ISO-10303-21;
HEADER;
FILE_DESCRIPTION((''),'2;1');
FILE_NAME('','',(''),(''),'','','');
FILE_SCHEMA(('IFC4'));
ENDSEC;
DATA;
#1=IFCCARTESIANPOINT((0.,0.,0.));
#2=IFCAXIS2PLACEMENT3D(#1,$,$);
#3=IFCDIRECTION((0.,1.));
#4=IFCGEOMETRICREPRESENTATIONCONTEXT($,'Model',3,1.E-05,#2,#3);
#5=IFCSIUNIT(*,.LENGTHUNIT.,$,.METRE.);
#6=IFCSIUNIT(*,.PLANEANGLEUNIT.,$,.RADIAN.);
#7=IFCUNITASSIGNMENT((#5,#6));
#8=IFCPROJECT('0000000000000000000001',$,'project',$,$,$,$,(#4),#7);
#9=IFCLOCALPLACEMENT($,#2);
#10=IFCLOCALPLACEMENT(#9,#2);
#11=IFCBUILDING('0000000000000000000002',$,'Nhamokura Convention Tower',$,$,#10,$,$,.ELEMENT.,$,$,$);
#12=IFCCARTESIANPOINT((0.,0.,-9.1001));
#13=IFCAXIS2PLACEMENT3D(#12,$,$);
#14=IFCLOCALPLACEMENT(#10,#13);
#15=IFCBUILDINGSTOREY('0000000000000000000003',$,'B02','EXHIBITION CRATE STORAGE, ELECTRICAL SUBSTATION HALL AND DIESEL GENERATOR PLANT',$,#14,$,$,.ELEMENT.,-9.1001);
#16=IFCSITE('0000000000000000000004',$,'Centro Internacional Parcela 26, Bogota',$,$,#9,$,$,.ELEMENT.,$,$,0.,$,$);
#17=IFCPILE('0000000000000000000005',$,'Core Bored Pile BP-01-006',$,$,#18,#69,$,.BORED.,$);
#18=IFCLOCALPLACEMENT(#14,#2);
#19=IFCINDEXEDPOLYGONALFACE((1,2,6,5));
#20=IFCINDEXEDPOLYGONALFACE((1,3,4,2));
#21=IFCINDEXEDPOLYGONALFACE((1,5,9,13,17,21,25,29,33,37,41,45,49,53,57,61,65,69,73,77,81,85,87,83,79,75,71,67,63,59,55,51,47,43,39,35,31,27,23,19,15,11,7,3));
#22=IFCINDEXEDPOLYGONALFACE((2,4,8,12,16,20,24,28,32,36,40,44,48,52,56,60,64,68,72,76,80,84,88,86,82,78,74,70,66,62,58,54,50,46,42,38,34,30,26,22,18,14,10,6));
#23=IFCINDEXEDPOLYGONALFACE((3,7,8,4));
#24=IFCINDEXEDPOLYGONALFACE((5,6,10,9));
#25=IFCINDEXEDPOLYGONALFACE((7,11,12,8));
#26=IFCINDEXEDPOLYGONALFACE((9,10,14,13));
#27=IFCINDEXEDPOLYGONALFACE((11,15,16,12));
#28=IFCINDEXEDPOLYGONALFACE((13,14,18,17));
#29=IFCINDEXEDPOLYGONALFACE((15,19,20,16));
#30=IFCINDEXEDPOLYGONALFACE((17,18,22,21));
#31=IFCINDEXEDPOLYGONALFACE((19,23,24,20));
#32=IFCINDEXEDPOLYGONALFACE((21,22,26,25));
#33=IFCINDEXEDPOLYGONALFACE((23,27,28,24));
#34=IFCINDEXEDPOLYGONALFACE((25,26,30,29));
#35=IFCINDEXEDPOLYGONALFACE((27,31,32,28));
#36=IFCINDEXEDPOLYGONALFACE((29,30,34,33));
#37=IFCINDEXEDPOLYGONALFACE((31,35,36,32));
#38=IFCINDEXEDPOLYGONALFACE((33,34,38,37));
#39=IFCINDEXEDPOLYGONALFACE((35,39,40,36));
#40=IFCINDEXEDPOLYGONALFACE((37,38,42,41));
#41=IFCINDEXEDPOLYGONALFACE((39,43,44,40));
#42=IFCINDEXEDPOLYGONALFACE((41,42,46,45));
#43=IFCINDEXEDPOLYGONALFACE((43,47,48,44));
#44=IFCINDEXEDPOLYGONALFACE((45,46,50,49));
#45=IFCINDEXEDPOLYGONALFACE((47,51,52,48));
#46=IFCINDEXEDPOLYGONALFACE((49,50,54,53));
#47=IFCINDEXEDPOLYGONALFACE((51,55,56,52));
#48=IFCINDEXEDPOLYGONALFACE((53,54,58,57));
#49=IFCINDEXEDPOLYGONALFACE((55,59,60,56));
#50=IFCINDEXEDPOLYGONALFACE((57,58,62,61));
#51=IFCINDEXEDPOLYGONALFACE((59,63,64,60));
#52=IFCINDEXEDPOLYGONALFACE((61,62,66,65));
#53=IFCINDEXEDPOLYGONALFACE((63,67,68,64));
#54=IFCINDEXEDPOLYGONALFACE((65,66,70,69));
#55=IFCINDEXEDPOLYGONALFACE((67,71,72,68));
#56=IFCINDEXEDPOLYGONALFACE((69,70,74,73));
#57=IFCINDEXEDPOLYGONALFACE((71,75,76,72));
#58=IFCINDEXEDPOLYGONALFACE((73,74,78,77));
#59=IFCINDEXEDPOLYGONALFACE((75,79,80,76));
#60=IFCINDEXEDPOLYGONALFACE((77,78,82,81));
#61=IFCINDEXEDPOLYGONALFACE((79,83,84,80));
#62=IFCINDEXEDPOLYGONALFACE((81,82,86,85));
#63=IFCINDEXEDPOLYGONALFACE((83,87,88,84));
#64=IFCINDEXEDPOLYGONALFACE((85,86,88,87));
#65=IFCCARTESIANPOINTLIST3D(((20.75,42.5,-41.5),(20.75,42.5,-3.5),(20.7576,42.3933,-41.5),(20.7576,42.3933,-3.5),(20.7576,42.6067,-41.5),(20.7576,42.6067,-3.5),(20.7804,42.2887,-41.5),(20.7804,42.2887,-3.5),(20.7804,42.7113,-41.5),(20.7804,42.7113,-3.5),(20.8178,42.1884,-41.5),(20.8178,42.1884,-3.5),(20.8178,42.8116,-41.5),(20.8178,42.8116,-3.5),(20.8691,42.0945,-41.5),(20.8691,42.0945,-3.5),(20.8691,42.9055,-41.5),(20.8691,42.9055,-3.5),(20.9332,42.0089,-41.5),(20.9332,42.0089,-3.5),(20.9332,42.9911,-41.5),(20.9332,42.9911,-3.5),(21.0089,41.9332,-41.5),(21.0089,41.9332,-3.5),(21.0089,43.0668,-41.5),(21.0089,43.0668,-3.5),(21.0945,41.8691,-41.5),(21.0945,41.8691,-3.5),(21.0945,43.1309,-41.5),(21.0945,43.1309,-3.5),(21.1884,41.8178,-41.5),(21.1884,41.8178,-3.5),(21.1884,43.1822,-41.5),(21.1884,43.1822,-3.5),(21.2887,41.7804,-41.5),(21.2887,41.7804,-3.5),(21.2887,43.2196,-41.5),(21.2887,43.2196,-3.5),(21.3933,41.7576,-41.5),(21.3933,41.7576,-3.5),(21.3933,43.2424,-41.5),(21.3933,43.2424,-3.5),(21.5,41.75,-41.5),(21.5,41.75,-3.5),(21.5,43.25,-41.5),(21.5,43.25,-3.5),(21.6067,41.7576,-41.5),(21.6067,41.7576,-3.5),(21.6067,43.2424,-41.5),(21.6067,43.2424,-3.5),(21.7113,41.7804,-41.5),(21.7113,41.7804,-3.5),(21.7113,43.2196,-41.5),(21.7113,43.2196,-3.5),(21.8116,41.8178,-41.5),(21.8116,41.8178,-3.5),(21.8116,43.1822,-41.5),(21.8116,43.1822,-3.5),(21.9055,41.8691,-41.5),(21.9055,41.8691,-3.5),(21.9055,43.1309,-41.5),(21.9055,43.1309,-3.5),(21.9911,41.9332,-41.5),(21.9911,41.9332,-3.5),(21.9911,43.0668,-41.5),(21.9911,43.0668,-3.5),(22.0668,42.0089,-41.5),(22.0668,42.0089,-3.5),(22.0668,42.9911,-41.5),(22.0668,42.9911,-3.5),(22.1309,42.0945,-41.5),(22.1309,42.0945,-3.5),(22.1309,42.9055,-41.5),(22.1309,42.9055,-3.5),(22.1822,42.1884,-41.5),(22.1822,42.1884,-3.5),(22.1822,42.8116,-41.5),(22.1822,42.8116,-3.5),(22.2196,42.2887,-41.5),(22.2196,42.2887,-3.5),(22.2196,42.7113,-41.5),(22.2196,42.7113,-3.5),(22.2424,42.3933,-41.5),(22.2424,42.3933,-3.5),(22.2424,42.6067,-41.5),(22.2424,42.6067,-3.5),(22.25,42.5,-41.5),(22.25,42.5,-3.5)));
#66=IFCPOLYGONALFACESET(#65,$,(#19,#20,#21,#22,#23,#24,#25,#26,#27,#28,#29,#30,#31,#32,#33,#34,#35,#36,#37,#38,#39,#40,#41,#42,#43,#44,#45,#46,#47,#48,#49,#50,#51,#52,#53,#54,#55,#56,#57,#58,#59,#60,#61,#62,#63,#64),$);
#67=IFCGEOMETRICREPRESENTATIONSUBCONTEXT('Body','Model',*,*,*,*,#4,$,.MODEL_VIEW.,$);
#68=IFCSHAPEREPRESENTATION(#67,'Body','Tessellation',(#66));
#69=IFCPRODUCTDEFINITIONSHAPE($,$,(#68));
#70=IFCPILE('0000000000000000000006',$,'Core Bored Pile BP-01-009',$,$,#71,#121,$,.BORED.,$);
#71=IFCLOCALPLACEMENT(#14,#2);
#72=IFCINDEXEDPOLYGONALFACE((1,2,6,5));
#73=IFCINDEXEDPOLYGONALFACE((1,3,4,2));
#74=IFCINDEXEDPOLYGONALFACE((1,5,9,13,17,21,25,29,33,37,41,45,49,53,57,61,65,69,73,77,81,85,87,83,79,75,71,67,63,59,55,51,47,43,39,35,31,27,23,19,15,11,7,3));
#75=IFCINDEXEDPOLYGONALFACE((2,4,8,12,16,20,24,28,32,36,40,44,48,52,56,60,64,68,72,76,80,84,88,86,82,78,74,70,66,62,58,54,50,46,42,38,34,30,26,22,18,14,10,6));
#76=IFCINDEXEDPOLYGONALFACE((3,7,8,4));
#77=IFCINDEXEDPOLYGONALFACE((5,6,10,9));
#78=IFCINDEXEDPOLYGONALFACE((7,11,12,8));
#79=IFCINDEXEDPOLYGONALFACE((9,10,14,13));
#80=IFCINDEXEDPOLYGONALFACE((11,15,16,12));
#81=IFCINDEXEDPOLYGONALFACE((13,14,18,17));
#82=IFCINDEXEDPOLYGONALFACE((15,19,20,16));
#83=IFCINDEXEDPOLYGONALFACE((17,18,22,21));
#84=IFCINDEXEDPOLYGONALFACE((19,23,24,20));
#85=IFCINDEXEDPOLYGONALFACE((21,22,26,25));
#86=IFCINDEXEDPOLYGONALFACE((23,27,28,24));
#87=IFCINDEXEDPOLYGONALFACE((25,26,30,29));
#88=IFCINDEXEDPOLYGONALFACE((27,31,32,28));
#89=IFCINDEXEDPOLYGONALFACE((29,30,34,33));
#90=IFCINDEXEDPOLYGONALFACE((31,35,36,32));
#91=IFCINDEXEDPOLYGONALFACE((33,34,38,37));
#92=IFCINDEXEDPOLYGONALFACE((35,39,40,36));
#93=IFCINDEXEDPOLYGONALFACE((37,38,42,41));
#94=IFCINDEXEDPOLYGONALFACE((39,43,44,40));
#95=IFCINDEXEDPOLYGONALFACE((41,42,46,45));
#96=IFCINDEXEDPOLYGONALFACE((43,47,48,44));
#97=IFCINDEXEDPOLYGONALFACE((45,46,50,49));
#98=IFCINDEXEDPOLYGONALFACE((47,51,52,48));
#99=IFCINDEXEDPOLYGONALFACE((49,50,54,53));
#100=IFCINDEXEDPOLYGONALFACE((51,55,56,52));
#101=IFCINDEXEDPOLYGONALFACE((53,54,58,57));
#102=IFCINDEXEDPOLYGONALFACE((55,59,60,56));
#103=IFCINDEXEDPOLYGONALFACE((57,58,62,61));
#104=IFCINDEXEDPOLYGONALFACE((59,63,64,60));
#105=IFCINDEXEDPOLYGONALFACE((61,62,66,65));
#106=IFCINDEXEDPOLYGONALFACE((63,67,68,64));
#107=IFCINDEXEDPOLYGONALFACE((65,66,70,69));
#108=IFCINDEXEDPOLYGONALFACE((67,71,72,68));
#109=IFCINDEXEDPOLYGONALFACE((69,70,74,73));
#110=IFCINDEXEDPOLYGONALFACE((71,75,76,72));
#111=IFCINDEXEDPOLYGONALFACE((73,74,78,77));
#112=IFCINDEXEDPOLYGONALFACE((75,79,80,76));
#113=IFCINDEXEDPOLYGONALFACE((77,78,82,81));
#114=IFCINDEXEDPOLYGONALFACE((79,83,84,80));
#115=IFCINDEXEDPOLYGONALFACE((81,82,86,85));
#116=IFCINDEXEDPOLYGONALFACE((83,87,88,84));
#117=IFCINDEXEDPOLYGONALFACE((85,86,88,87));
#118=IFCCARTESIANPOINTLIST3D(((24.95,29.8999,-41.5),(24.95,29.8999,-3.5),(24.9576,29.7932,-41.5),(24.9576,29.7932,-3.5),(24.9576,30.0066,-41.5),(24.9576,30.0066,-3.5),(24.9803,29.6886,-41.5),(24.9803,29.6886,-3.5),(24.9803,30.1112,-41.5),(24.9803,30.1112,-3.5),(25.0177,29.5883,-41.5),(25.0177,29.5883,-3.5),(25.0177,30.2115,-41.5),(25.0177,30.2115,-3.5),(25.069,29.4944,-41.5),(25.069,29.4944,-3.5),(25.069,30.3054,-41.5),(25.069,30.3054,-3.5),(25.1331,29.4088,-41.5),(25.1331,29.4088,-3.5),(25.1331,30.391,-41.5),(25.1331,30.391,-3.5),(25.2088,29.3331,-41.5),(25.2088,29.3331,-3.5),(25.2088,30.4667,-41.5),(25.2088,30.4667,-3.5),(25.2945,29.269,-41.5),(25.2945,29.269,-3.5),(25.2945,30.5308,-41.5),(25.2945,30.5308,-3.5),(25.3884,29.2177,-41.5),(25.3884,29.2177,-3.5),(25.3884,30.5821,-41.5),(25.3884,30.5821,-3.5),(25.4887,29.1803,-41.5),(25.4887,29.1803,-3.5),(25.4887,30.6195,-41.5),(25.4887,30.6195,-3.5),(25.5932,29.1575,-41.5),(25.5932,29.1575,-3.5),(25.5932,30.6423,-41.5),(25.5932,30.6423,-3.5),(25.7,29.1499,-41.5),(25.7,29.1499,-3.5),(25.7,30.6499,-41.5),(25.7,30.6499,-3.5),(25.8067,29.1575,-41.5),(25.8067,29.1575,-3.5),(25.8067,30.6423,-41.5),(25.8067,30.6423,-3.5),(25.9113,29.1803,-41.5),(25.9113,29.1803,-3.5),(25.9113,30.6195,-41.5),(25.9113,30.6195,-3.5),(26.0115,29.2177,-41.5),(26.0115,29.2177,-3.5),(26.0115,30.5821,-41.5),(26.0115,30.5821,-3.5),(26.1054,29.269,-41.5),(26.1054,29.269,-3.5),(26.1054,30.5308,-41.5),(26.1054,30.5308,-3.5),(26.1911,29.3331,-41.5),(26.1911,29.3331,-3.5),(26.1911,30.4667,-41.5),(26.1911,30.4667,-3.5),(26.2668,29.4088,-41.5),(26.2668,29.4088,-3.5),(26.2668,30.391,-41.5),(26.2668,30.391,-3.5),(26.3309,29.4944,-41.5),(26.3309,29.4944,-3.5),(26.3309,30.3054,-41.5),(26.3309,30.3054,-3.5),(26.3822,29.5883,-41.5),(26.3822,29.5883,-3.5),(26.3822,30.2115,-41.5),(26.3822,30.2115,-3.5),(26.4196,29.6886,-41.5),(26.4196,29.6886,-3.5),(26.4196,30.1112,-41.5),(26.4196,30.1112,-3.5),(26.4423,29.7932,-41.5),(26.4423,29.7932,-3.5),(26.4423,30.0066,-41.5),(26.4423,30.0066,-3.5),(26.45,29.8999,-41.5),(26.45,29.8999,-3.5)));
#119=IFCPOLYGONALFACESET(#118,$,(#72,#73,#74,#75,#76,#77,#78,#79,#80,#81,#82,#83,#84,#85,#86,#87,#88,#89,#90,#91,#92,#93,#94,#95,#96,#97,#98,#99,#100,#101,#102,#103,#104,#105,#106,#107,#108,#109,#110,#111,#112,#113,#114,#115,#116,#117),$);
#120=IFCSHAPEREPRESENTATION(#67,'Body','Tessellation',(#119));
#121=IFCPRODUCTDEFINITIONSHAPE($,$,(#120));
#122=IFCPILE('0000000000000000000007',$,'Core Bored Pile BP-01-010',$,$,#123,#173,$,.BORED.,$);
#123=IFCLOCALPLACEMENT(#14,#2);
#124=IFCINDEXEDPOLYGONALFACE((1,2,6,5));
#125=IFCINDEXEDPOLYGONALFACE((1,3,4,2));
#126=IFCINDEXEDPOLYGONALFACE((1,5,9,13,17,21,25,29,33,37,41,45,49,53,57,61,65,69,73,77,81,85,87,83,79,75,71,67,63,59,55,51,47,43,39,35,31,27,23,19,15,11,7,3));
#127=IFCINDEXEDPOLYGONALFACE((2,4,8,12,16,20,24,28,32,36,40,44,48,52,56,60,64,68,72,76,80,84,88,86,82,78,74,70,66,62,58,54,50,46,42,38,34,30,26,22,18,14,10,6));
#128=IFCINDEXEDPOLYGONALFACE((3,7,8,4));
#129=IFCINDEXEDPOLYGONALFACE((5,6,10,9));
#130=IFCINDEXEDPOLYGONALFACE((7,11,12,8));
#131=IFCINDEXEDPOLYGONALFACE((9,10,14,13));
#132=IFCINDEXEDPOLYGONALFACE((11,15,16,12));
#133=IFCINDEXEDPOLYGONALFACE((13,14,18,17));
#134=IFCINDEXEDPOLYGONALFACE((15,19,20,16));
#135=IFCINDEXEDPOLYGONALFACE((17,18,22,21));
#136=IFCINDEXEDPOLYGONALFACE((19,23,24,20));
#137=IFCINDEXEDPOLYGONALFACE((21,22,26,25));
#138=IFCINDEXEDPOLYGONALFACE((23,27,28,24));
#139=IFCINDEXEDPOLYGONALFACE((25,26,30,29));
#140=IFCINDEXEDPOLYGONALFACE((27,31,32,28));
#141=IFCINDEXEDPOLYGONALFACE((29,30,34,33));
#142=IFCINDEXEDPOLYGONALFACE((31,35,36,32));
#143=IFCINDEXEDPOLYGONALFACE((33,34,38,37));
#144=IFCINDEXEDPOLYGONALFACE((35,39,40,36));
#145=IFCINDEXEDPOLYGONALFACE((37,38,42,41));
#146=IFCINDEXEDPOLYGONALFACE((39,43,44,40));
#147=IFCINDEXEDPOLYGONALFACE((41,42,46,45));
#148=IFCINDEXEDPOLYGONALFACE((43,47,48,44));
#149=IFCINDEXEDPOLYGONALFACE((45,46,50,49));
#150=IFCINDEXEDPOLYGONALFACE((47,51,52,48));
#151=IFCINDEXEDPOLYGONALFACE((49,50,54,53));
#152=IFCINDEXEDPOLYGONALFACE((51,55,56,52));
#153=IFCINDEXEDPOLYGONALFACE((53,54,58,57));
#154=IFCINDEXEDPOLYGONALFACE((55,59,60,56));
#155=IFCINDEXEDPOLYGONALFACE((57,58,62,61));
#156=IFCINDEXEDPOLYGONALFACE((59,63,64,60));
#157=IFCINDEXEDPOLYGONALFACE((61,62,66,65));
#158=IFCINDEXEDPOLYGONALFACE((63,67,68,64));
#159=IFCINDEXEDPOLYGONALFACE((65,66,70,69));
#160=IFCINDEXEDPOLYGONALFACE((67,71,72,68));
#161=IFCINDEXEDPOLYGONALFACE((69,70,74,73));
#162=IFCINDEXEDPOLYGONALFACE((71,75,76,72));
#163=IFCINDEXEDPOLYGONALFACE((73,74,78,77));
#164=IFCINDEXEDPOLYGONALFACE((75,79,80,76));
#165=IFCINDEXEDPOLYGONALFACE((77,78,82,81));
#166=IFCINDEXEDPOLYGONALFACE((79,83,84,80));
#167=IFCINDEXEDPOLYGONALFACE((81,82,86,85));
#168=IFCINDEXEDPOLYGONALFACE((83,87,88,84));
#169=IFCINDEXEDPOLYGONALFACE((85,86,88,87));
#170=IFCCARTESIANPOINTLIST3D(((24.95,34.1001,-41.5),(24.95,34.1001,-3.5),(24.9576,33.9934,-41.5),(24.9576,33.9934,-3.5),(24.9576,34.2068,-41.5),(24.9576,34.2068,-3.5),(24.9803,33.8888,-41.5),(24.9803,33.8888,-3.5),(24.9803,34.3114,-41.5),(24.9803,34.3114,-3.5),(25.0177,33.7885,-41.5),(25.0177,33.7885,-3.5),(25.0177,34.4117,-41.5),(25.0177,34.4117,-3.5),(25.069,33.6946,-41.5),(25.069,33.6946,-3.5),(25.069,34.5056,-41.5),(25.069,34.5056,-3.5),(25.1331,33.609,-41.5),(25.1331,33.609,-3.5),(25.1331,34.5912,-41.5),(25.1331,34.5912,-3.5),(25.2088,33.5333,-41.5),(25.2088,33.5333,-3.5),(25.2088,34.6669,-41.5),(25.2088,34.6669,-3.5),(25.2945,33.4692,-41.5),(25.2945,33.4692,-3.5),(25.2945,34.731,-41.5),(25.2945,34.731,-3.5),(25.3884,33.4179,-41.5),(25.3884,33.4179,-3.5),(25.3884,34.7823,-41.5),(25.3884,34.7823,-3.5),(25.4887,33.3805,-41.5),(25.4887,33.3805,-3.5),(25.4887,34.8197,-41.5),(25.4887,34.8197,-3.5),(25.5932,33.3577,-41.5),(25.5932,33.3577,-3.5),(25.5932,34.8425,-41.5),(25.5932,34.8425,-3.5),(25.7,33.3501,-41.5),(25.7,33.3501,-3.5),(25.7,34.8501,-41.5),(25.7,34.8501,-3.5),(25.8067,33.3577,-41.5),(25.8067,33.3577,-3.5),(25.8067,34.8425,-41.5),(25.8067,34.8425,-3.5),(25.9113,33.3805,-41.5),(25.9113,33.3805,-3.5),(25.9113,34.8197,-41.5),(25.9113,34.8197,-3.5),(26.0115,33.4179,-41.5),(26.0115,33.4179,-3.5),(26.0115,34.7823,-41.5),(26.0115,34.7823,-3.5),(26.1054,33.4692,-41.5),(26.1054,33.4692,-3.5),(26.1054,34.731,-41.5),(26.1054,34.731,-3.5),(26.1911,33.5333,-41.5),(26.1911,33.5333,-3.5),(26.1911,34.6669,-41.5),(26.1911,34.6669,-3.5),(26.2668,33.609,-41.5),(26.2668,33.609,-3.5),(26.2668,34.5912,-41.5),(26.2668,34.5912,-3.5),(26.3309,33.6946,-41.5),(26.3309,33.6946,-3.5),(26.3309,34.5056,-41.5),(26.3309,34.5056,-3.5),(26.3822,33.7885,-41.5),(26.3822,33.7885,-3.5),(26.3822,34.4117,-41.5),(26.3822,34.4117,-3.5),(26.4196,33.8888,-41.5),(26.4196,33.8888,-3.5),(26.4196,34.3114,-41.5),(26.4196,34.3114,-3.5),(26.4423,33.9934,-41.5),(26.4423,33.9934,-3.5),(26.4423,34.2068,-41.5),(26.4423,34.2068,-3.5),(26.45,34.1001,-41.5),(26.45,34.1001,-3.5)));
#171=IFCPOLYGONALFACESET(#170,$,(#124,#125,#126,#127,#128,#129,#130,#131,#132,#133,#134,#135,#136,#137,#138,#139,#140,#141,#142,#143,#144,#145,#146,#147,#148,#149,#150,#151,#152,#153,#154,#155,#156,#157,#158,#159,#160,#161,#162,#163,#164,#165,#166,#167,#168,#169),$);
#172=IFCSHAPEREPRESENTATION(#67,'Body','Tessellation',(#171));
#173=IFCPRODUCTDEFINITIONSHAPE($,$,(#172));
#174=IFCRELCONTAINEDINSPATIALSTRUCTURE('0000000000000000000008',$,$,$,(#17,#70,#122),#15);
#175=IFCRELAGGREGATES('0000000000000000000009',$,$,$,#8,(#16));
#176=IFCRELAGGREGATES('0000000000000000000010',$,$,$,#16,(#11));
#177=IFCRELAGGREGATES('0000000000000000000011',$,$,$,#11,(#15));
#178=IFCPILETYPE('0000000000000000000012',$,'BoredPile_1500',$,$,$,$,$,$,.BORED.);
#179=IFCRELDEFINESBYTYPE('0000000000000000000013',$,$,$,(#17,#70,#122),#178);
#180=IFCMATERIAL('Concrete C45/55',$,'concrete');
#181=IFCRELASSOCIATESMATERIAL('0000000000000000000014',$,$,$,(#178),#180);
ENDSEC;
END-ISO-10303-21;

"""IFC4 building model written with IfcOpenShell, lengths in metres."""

from ifc_helpers import new_model, si_unit, direction, frame, origin, origin_2d, place, context, subcontext, project, spatial, circle, extrude, material, material_profile, profile_set, type_object, element, save


model = new_model("IFC4")

# Units and contexts
model_context = context("Model", 3, precision=1e-05, world=origin(), true_north=direction((0.0, 1.0)))
body_context = subcontext(model_context, "Body", "Model", "MODEL_VIEW")
ifc_project = project(units=[si_unit("LENGTHUNIT", "METRE"), si_unit("PLANEANGLEUNIT", "RADIAN")], contexts=[model_context])

# Site, building, storey
site_placement = place(None, origin())
site = spatial("IfcSite", under=ifc_project, at=site_placement, Name="Centro Internacional Parcela 26, Bogota", CompositionType="ELEMENT", RefElevation=0.0)
building_placement = place(site_placement, origin())
building = spatial("IfcBuilding", under=site, at=building_placement, Name="Nhamokura Convention Tower", CompositionType="ELEMENT")
storey_placement = place(building_placement, frame((0.0, 0.0, -9.1001)))
storey = spatial("IfcBuildingStorey", under=building, at=storey_placement, Name="B02", Description="EXHIBITION CRATE STORAGE, ELECTRICAL SUBSTATION HALL AND DIESEL GENERATOR PLANT", CompositionType="ELEMENT", Elevation=-9.1001)

# Piles
ifc_material_1 = material(Name="Concrete C45/55", Category="concrete")
ifc_material_profile = material_profile(ifc_material_1, circle(Radius=0.75, at=origin_2d()))
ifc_profile_set = profile_set([ifc_material_profile], Name="Concrete C45/55")
pile_type = type_object("IfcPileType", Name="BoredPile_1500", PredefinedType="BORED", material=ifc_profile_set)
for number, where, z_axis, x_axis, name in (
    (1, (21.5, 42.5, -3.5), (0.0, 0.0, -1.0), (1.0, 0.0, 0.0), "Core Bored Pile BP-01-006"),
    (2, (25.7, 29.8999, -3.5), (0.0, 0.0, -1.0), (1.0, 0.0, 0.0), "Core Bored Pile BP-01-009"),
    (3, (25.7, 34.1001, -3.5), (0.0, 0.0, -1.0), (1.0, 0.0, 0.0), "Core Bored Pile BP-01-010"),
):
    element("IfcPile", number, at=place(storey_placement, frame(where, z_axis=z_axis, x_axis=x_axis)), inside=storey, type_object=pile_type, Name=name, PredefinedType="BORED", context=body_context, shape_type="SweptSolid", body=[
        extrude(circle(Radius=0.75, at=origin_2d()), origin(), (0.0, 0.0, 1.0), 38.0),
    ])

save(model, "model.ifc")
